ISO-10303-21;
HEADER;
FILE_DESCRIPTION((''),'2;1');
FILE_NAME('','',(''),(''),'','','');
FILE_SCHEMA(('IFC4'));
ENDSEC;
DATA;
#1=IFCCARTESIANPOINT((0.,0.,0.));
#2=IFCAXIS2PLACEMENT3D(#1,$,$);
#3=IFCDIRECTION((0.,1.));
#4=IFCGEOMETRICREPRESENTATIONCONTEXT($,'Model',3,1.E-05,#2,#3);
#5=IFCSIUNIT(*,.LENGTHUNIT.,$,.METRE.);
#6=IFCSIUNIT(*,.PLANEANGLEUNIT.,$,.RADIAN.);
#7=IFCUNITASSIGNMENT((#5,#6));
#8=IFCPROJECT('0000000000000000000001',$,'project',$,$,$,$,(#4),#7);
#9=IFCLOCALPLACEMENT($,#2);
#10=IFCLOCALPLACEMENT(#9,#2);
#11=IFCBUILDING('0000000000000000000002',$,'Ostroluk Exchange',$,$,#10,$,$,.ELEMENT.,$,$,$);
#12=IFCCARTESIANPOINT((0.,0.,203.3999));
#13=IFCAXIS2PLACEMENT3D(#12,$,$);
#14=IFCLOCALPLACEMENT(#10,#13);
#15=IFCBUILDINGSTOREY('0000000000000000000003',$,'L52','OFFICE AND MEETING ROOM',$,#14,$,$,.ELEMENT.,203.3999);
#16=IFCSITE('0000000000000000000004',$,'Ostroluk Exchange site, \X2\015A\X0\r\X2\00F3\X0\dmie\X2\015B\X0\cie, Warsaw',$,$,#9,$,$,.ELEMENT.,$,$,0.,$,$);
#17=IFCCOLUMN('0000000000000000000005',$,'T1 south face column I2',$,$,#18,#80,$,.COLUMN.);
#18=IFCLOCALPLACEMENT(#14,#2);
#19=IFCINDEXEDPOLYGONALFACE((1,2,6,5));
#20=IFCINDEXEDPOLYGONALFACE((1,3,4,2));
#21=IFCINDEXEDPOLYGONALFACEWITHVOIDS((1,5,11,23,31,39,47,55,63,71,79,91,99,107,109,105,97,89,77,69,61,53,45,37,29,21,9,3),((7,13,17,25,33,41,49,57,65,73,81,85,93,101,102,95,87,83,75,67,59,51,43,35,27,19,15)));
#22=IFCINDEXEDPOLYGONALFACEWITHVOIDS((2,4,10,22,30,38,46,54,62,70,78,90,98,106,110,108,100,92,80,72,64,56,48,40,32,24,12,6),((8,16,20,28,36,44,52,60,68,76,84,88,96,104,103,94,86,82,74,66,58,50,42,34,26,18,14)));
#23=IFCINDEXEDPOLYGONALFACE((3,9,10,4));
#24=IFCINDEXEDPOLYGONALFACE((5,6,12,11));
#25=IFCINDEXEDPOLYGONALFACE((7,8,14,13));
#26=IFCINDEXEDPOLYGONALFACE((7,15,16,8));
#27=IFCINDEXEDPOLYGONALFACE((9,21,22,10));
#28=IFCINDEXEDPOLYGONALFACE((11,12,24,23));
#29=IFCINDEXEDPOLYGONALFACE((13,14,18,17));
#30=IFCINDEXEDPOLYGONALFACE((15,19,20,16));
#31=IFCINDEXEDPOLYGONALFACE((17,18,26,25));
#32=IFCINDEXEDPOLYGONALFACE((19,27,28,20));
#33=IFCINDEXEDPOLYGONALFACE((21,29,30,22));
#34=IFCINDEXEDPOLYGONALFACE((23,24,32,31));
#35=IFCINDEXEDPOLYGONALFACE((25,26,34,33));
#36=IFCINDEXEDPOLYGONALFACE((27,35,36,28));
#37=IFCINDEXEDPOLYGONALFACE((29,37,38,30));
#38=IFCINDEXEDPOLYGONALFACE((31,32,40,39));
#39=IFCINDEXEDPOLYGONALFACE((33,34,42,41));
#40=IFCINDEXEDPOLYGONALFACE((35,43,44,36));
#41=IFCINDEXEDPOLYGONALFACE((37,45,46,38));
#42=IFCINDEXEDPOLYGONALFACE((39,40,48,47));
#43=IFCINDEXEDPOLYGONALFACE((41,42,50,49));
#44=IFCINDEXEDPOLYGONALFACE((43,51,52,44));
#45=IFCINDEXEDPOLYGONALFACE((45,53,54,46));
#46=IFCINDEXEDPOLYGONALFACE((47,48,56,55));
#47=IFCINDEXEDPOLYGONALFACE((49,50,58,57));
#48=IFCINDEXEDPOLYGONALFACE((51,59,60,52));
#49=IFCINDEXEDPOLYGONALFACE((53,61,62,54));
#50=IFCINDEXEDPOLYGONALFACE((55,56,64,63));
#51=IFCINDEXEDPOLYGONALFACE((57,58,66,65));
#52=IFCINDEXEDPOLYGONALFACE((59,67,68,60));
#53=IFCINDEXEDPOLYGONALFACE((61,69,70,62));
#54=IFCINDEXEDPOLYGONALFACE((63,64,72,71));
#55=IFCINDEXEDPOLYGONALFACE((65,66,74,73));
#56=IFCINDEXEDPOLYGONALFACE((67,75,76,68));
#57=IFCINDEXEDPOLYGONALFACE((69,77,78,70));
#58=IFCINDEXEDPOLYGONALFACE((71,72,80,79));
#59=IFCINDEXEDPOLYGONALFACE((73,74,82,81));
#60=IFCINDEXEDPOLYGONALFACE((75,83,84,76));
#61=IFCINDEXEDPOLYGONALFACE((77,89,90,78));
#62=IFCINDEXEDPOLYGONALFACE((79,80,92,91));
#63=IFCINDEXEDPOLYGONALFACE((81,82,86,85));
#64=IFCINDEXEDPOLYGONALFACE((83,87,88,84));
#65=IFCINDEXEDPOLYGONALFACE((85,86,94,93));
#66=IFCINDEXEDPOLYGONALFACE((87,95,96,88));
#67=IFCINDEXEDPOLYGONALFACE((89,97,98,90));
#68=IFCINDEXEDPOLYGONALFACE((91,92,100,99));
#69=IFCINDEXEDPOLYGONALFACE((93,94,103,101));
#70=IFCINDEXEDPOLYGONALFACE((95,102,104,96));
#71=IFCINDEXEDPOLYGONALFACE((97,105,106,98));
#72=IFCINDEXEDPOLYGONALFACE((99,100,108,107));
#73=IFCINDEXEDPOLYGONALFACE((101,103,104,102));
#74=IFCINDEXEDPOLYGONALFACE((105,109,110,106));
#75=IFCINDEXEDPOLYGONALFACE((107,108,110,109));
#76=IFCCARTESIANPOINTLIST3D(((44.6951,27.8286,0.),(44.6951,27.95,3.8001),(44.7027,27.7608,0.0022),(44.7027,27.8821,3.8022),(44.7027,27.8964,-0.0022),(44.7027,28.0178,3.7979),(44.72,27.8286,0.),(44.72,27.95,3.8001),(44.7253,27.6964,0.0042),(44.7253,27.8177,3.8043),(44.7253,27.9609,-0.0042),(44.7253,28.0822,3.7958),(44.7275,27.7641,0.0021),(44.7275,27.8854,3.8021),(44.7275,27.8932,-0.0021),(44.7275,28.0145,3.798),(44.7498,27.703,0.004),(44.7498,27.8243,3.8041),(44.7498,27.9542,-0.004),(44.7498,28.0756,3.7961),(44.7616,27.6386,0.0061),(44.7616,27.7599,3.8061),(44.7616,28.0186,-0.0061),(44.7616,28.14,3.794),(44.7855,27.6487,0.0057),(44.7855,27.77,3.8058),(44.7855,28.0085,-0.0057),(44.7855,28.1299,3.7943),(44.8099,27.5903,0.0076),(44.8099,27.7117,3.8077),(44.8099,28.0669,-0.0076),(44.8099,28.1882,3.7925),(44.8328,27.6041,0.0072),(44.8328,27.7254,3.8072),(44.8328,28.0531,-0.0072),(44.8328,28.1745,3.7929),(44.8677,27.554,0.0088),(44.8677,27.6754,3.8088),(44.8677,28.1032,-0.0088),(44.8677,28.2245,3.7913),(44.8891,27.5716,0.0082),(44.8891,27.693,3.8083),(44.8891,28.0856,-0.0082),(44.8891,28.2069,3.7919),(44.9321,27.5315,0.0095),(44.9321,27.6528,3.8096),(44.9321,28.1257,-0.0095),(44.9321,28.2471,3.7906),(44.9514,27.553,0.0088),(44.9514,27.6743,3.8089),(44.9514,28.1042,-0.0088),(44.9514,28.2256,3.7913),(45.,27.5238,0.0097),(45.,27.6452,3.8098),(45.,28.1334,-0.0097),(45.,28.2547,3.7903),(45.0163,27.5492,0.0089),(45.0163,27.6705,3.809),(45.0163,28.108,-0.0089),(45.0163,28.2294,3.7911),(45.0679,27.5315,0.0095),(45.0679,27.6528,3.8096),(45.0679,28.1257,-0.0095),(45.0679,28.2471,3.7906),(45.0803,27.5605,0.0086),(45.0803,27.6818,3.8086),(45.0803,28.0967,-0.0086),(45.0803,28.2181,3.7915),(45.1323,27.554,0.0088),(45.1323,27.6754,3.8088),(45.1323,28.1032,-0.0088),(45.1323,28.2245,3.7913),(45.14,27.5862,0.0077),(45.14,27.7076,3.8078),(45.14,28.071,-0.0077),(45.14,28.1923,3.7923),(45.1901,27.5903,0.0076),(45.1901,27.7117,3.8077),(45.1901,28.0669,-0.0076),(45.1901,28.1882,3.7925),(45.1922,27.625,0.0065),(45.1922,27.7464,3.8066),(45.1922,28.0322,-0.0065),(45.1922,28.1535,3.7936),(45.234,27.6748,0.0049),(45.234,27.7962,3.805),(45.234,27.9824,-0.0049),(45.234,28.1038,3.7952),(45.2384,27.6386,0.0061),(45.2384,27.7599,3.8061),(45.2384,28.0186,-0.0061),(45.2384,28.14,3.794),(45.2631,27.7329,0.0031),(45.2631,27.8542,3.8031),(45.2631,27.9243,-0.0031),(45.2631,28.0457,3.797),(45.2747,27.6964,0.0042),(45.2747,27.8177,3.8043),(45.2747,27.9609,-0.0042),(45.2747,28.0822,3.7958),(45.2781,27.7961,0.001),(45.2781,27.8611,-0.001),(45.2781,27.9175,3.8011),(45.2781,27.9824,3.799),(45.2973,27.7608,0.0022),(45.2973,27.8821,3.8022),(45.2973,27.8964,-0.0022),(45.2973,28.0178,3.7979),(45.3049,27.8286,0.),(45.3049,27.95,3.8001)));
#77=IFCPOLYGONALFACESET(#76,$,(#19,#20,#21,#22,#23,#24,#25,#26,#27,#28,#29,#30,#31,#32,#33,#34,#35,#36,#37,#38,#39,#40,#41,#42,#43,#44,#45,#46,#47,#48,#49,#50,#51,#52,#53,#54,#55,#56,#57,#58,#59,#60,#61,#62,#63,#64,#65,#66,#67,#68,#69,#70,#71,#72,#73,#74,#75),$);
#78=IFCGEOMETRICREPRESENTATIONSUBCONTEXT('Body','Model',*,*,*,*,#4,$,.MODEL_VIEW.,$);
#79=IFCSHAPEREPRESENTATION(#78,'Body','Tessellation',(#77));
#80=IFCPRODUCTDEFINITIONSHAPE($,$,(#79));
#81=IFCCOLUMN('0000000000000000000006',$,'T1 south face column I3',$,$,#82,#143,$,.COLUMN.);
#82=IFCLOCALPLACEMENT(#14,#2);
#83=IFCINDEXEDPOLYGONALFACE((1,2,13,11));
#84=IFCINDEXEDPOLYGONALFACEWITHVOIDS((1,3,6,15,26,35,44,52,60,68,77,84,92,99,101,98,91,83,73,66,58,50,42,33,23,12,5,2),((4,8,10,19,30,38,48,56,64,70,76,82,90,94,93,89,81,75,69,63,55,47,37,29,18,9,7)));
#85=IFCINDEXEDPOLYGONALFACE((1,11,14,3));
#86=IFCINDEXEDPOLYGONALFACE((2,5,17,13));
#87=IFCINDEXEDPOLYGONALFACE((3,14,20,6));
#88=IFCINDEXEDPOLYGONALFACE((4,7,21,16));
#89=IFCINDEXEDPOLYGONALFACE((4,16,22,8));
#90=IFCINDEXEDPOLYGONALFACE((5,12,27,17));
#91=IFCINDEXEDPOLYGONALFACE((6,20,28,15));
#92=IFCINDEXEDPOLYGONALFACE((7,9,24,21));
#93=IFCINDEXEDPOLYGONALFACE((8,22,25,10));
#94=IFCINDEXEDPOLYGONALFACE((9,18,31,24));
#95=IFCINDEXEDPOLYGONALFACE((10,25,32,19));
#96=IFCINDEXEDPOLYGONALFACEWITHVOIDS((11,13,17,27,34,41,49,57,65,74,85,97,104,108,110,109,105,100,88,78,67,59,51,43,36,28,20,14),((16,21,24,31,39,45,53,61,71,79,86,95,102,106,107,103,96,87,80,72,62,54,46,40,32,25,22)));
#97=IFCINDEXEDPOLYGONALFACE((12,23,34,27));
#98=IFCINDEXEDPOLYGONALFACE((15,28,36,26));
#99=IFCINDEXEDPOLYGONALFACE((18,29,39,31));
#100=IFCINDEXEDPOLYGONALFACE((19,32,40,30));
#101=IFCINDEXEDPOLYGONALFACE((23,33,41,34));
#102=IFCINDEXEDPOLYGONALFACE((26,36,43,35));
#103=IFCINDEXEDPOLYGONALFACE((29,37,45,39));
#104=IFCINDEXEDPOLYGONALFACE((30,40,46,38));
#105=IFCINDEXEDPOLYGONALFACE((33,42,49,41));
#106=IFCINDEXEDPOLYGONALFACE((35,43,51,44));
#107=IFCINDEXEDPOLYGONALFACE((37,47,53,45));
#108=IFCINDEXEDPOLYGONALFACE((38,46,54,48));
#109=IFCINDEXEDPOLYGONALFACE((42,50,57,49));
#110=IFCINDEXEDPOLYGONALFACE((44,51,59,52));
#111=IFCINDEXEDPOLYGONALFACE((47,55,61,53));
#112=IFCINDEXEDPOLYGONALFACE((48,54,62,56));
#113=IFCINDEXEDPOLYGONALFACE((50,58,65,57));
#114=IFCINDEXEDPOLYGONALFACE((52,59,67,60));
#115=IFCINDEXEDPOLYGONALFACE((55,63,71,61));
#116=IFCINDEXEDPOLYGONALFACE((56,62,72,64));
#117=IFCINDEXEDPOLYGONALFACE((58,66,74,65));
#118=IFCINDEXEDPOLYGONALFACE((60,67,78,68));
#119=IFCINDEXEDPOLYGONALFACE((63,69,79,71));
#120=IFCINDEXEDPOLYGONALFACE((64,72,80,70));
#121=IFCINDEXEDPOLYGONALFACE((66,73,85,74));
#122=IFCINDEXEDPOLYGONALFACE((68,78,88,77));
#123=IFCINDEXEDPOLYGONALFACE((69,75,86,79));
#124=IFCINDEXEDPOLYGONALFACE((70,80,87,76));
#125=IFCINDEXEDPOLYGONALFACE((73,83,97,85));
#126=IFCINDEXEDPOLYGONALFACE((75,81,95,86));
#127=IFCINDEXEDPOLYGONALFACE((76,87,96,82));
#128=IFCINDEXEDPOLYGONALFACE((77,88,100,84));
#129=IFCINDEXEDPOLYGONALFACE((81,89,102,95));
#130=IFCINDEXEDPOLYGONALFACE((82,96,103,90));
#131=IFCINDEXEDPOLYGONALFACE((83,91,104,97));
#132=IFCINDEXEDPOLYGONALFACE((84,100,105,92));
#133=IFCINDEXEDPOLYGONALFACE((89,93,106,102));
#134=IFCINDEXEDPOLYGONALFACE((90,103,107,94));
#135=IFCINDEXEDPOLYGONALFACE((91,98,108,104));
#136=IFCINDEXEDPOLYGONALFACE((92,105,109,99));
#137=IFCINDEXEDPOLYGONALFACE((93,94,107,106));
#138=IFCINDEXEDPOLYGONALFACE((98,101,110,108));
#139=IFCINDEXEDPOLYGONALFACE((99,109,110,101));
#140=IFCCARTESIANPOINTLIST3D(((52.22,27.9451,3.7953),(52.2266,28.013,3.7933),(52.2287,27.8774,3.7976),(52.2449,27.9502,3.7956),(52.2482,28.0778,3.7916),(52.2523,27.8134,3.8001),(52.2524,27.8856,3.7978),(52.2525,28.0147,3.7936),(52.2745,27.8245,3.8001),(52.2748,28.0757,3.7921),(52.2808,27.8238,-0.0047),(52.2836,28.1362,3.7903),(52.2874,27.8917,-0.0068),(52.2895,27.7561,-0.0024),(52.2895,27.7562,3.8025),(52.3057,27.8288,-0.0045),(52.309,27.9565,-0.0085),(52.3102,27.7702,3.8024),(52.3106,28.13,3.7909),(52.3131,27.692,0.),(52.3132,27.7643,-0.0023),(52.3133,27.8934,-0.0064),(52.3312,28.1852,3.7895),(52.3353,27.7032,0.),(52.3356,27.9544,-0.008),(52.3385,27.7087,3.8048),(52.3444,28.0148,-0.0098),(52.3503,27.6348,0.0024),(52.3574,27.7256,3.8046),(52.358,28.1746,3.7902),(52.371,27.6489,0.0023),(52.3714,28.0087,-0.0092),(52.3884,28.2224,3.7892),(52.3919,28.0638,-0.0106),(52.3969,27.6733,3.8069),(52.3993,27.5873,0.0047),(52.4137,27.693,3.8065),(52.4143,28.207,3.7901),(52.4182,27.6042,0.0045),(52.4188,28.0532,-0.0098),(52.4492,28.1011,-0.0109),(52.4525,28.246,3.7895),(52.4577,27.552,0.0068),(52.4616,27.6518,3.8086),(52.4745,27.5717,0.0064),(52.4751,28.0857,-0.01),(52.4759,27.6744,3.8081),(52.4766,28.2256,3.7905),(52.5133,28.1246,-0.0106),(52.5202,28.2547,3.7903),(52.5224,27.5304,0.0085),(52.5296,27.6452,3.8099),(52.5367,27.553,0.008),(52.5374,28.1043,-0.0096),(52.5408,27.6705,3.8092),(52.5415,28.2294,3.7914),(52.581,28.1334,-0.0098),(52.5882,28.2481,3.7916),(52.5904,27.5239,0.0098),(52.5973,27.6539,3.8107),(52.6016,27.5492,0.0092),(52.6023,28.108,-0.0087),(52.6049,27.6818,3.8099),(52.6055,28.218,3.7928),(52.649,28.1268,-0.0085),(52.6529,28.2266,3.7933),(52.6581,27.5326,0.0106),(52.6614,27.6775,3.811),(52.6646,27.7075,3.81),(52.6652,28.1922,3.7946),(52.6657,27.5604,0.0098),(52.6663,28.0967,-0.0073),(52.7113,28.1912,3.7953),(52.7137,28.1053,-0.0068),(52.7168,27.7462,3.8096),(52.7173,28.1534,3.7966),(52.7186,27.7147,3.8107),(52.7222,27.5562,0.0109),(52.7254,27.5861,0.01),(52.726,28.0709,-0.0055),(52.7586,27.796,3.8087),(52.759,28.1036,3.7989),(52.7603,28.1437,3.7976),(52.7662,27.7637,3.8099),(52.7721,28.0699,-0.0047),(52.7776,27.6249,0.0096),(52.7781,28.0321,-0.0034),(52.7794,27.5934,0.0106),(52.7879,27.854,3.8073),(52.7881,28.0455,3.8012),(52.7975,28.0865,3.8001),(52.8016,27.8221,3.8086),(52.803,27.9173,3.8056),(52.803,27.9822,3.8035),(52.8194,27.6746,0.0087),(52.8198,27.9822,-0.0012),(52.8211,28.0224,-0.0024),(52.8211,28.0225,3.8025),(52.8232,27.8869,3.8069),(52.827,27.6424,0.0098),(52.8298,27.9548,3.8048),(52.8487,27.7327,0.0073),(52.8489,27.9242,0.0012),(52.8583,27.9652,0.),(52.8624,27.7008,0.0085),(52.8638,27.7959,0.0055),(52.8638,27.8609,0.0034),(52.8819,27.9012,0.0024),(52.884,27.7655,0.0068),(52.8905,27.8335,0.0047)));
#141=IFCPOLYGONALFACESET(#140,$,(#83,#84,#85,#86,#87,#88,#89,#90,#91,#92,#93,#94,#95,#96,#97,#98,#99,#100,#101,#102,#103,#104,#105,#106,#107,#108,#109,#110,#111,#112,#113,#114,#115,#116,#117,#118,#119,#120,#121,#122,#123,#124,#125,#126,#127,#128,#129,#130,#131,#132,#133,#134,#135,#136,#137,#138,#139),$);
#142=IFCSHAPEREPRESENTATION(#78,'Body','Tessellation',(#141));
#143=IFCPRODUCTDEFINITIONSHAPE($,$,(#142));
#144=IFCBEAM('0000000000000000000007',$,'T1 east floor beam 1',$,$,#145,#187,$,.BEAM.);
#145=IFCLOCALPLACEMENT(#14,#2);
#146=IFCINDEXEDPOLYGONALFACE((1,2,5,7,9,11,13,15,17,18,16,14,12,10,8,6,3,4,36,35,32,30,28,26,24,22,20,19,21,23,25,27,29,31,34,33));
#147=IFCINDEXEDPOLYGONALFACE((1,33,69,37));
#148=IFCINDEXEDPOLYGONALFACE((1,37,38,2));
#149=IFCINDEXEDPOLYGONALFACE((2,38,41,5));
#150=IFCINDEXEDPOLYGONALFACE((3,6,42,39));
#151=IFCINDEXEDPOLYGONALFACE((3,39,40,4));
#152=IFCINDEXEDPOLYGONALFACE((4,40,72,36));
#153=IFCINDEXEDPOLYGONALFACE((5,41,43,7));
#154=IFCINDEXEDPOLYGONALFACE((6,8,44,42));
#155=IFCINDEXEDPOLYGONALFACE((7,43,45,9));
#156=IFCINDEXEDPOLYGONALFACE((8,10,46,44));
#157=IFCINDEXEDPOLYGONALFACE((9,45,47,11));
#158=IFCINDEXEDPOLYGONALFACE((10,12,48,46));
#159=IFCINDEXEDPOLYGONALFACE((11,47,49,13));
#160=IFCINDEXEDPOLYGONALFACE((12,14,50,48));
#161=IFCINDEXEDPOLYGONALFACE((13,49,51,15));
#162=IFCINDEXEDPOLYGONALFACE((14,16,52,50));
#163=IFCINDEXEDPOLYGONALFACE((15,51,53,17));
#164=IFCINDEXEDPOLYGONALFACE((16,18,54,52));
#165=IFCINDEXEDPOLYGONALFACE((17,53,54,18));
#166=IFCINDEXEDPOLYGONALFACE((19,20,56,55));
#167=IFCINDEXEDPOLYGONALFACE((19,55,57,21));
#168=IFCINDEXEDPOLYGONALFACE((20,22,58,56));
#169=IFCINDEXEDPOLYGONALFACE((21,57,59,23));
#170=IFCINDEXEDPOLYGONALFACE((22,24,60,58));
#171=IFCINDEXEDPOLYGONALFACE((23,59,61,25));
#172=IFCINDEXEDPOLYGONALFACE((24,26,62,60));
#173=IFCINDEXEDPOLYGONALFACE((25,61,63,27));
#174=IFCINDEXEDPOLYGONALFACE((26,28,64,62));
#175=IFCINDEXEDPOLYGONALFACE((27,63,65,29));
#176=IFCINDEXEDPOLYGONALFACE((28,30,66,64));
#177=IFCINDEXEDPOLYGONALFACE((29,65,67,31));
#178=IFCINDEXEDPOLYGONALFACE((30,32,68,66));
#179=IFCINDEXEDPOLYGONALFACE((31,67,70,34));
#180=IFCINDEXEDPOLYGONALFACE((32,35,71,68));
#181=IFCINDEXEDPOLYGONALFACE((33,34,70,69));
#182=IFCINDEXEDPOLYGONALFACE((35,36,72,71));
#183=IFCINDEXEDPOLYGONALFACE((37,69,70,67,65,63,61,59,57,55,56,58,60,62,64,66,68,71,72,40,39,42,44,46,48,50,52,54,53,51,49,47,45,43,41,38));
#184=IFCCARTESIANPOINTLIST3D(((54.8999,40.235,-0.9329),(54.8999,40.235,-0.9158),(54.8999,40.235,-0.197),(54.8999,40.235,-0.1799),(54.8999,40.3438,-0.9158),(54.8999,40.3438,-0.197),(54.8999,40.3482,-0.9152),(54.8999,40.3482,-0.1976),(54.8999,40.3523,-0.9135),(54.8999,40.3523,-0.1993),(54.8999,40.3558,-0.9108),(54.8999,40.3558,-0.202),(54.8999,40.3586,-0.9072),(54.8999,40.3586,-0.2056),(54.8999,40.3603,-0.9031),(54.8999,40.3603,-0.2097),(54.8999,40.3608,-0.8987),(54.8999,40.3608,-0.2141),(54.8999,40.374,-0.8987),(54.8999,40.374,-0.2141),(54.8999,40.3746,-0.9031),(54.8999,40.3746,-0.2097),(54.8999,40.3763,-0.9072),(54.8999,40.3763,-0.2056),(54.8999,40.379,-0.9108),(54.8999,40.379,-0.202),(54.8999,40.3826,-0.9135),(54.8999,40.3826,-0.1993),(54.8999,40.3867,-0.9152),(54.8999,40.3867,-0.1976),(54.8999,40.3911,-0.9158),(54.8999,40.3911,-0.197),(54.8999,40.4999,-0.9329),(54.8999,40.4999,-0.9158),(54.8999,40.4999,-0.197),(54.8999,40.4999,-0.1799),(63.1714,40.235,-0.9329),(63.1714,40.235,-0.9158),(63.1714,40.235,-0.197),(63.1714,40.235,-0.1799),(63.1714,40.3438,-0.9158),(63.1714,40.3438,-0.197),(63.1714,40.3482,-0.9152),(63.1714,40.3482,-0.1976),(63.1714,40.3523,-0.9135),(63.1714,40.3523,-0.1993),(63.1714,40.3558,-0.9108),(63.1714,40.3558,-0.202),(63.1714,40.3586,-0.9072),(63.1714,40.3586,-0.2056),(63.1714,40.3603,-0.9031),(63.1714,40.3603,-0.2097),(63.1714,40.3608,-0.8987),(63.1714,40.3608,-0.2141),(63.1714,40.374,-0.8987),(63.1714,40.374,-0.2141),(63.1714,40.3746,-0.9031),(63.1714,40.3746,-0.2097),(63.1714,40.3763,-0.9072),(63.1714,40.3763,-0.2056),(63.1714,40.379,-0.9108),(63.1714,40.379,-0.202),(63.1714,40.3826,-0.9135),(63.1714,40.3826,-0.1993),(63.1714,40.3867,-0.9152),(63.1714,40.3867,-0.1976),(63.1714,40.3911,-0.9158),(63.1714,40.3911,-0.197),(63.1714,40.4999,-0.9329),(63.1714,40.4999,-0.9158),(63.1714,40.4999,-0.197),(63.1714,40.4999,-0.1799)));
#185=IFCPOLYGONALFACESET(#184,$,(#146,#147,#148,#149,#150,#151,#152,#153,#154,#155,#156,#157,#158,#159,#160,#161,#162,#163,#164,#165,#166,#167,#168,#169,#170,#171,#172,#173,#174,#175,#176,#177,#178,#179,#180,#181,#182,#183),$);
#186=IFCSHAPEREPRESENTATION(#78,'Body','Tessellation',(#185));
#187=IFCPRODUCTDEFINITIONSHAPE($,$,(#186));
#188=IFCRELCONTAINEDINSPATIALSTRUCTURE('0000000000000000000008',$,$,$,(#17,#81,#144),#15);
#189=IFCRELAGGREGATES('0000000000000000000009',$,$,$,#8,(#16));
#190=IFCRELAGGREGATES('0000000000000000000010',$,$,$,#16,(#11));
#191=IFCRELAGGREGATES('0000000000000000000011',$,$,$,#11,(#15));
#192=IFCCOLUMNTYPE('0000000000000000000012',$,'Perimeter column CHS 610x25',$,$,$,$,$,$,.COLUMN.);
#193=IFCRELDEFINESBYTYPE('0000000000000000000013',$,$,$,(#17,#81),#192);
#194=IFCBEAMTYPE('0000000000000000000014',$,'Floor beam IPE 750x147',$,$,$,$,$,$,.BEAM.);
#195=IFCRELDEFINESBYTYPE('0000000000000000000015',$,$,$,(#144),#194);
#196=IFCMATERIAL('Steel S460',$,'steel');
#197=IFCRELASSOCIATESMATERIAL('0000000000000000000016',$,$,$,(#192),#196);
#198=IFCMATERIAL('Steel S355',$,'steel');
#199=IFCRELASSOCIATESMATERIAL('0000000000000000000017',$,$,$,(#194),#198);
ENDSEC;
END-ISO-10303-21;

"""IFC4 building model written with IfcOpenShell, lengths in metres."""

from ifc_helpers import new_model, si_unit, direction, frame, origin, origin_2d, place, context, subcontext, project, spatial, hollow_circle, i_section, extrude, material, material_profile, profile_set, type_object, element, save


model = new_model("IFC4")

# Units and contexts
model_context = context("Model", 3, precision=1e-05, world=origin(), true_north=direction((0.0, 1.0)))
body_context = subcontext(model_context, "Body", "Model", "MODEL_VIEW")
ifc_project = project(units=[si_unit("LENGTHUNIT", "METRE"), si_unit("PLANEANGLEUNIT", "RADIAN")], contexts=[model_context])

# Site, building, storey
site_placement = place(None, origin())
site = spatial("IfcSite", under=ifc_project, at=site_placement, Name="Ostroluk Exchange site, Śródmieście, Warsaw", CompositionType="ELEMENT", RefElevation=0.0)
building_placement = place(site_placement, origin())
building = spatial("IfcBuilding", under=site, at=building_placement, Name="Ostroluk Exchange", CompositionType="ELEMENT")
storey_placement = place(building_placement, frame((0.0, 0.0, 203.3999)))
storey = spatial("IfcBuildingStorey", under=building, at=storey_placement, Name="L52", Description="OFFICE AND MEETING ROOM", CompositionType="ELEMENT", Elevation=203.3999)

# Columns
ifc_material_1 = material(Name="Steel S460", Category="steel")
ifc_material_profile_1 = material_profile(ifc_material_1, hollow_circle(Radius=0.3049, WallThickness=0.0249, at=origin_2d()), Name="CHS 610x25")
ifc_profile_set_1 = profile_set([ifc_material_profile_1], Name="Steel S460")
column_type = type_object("IfcColumnType", Name="Perimeter column CHS 610x25", PredefinedType="COLUMN", material=ifc_profile_set_1)
column_1_placement = place(storey_placement, frame((45.0, 27.8286, 0.0), z_axis=(0.0, 0.031914, 0.999491), x_axis=(-1.0, 0.0, 0.0)))
element("IfcColumn", 1, at=column_1_placement, inside=storey, type_object=column_type, Name="T1 south face column I2", PredefinedType="COLUMN", context=body_context, shape_type="SweptSolid", body=[
    extrude(hollow_circle(Radius=0.3049, WallThickness=0.0249, at=origin_2d()), origin(), (0.0, 0.0, 1.0), 3.802),
])
column_2_placement = place(storey_placement, frame((52.5857, 27.8286, 0.0), z_axis=(-0.015987, 0.03191, 0.999363), x_axis=(-0.894067, -0.447933, 0.0)))
element("IfcColumn", 2, at=column_2_placement, inside=storey, type_object=column_type, Name="T1 south face column I3", PredefinedType="COLUMN", context=body_context, shape_type="SweptSolid", body=[
    extrude(hollow_circle(Radius=0.3049, WallThickness=0.0249, at=origin_2d()), origin(), (0.0, 0.0, 1.0), 3.8025),
])

# Beam
ifc_material_2 = material(Name="Steel S355", Category="steel")
ifc_material_profile_2 = material_profile(ifc_material_2, i_section(OverallWidth=0.2649, OverallDepth=0.7529, WebThickness=0.0132, FlangeThickness=0.0171, FilletRadius=0.0171, at=origin_2d()), Name="IPE 750x147")
ifc_profile_set_2 = profile_set([ifc_material_profile_2], Name="Steel S355")
beam_type_1 = type_object("IfcBeamType", Name="Floor beam IPE 750x147", PredefinedType="BEAM", material=ifc_profile_set_2)
for number, where, z_axis, x_axis, name in (
    (3, (54.8999, 40.3674, -0.5564), (1.0, 0.0, 0.0), (0.0, 1.0, 0.0), "T1 east floor beam 1"),
):
    element("IfcBeam", number, at=place(storey_placement, frame(where, z_axis=z_axis, x_axis=x_axis)), inside=storey, type_object=beam_type_1, Name=name, PredefinedType="BEAM", context=body_context, shape_type="SweptSolid", body=[
        extrude(i_section(OverallWidth=0.2649, OverallDepth=0.7529, WebThickness=0.0132, FlangeThickness=0.0171, FilletRadius=0.0171, at=origin_2d()), origin(), (0.0, 0.0, 1.0), 8.2715),
    ])

save(model, "model.ifc")
